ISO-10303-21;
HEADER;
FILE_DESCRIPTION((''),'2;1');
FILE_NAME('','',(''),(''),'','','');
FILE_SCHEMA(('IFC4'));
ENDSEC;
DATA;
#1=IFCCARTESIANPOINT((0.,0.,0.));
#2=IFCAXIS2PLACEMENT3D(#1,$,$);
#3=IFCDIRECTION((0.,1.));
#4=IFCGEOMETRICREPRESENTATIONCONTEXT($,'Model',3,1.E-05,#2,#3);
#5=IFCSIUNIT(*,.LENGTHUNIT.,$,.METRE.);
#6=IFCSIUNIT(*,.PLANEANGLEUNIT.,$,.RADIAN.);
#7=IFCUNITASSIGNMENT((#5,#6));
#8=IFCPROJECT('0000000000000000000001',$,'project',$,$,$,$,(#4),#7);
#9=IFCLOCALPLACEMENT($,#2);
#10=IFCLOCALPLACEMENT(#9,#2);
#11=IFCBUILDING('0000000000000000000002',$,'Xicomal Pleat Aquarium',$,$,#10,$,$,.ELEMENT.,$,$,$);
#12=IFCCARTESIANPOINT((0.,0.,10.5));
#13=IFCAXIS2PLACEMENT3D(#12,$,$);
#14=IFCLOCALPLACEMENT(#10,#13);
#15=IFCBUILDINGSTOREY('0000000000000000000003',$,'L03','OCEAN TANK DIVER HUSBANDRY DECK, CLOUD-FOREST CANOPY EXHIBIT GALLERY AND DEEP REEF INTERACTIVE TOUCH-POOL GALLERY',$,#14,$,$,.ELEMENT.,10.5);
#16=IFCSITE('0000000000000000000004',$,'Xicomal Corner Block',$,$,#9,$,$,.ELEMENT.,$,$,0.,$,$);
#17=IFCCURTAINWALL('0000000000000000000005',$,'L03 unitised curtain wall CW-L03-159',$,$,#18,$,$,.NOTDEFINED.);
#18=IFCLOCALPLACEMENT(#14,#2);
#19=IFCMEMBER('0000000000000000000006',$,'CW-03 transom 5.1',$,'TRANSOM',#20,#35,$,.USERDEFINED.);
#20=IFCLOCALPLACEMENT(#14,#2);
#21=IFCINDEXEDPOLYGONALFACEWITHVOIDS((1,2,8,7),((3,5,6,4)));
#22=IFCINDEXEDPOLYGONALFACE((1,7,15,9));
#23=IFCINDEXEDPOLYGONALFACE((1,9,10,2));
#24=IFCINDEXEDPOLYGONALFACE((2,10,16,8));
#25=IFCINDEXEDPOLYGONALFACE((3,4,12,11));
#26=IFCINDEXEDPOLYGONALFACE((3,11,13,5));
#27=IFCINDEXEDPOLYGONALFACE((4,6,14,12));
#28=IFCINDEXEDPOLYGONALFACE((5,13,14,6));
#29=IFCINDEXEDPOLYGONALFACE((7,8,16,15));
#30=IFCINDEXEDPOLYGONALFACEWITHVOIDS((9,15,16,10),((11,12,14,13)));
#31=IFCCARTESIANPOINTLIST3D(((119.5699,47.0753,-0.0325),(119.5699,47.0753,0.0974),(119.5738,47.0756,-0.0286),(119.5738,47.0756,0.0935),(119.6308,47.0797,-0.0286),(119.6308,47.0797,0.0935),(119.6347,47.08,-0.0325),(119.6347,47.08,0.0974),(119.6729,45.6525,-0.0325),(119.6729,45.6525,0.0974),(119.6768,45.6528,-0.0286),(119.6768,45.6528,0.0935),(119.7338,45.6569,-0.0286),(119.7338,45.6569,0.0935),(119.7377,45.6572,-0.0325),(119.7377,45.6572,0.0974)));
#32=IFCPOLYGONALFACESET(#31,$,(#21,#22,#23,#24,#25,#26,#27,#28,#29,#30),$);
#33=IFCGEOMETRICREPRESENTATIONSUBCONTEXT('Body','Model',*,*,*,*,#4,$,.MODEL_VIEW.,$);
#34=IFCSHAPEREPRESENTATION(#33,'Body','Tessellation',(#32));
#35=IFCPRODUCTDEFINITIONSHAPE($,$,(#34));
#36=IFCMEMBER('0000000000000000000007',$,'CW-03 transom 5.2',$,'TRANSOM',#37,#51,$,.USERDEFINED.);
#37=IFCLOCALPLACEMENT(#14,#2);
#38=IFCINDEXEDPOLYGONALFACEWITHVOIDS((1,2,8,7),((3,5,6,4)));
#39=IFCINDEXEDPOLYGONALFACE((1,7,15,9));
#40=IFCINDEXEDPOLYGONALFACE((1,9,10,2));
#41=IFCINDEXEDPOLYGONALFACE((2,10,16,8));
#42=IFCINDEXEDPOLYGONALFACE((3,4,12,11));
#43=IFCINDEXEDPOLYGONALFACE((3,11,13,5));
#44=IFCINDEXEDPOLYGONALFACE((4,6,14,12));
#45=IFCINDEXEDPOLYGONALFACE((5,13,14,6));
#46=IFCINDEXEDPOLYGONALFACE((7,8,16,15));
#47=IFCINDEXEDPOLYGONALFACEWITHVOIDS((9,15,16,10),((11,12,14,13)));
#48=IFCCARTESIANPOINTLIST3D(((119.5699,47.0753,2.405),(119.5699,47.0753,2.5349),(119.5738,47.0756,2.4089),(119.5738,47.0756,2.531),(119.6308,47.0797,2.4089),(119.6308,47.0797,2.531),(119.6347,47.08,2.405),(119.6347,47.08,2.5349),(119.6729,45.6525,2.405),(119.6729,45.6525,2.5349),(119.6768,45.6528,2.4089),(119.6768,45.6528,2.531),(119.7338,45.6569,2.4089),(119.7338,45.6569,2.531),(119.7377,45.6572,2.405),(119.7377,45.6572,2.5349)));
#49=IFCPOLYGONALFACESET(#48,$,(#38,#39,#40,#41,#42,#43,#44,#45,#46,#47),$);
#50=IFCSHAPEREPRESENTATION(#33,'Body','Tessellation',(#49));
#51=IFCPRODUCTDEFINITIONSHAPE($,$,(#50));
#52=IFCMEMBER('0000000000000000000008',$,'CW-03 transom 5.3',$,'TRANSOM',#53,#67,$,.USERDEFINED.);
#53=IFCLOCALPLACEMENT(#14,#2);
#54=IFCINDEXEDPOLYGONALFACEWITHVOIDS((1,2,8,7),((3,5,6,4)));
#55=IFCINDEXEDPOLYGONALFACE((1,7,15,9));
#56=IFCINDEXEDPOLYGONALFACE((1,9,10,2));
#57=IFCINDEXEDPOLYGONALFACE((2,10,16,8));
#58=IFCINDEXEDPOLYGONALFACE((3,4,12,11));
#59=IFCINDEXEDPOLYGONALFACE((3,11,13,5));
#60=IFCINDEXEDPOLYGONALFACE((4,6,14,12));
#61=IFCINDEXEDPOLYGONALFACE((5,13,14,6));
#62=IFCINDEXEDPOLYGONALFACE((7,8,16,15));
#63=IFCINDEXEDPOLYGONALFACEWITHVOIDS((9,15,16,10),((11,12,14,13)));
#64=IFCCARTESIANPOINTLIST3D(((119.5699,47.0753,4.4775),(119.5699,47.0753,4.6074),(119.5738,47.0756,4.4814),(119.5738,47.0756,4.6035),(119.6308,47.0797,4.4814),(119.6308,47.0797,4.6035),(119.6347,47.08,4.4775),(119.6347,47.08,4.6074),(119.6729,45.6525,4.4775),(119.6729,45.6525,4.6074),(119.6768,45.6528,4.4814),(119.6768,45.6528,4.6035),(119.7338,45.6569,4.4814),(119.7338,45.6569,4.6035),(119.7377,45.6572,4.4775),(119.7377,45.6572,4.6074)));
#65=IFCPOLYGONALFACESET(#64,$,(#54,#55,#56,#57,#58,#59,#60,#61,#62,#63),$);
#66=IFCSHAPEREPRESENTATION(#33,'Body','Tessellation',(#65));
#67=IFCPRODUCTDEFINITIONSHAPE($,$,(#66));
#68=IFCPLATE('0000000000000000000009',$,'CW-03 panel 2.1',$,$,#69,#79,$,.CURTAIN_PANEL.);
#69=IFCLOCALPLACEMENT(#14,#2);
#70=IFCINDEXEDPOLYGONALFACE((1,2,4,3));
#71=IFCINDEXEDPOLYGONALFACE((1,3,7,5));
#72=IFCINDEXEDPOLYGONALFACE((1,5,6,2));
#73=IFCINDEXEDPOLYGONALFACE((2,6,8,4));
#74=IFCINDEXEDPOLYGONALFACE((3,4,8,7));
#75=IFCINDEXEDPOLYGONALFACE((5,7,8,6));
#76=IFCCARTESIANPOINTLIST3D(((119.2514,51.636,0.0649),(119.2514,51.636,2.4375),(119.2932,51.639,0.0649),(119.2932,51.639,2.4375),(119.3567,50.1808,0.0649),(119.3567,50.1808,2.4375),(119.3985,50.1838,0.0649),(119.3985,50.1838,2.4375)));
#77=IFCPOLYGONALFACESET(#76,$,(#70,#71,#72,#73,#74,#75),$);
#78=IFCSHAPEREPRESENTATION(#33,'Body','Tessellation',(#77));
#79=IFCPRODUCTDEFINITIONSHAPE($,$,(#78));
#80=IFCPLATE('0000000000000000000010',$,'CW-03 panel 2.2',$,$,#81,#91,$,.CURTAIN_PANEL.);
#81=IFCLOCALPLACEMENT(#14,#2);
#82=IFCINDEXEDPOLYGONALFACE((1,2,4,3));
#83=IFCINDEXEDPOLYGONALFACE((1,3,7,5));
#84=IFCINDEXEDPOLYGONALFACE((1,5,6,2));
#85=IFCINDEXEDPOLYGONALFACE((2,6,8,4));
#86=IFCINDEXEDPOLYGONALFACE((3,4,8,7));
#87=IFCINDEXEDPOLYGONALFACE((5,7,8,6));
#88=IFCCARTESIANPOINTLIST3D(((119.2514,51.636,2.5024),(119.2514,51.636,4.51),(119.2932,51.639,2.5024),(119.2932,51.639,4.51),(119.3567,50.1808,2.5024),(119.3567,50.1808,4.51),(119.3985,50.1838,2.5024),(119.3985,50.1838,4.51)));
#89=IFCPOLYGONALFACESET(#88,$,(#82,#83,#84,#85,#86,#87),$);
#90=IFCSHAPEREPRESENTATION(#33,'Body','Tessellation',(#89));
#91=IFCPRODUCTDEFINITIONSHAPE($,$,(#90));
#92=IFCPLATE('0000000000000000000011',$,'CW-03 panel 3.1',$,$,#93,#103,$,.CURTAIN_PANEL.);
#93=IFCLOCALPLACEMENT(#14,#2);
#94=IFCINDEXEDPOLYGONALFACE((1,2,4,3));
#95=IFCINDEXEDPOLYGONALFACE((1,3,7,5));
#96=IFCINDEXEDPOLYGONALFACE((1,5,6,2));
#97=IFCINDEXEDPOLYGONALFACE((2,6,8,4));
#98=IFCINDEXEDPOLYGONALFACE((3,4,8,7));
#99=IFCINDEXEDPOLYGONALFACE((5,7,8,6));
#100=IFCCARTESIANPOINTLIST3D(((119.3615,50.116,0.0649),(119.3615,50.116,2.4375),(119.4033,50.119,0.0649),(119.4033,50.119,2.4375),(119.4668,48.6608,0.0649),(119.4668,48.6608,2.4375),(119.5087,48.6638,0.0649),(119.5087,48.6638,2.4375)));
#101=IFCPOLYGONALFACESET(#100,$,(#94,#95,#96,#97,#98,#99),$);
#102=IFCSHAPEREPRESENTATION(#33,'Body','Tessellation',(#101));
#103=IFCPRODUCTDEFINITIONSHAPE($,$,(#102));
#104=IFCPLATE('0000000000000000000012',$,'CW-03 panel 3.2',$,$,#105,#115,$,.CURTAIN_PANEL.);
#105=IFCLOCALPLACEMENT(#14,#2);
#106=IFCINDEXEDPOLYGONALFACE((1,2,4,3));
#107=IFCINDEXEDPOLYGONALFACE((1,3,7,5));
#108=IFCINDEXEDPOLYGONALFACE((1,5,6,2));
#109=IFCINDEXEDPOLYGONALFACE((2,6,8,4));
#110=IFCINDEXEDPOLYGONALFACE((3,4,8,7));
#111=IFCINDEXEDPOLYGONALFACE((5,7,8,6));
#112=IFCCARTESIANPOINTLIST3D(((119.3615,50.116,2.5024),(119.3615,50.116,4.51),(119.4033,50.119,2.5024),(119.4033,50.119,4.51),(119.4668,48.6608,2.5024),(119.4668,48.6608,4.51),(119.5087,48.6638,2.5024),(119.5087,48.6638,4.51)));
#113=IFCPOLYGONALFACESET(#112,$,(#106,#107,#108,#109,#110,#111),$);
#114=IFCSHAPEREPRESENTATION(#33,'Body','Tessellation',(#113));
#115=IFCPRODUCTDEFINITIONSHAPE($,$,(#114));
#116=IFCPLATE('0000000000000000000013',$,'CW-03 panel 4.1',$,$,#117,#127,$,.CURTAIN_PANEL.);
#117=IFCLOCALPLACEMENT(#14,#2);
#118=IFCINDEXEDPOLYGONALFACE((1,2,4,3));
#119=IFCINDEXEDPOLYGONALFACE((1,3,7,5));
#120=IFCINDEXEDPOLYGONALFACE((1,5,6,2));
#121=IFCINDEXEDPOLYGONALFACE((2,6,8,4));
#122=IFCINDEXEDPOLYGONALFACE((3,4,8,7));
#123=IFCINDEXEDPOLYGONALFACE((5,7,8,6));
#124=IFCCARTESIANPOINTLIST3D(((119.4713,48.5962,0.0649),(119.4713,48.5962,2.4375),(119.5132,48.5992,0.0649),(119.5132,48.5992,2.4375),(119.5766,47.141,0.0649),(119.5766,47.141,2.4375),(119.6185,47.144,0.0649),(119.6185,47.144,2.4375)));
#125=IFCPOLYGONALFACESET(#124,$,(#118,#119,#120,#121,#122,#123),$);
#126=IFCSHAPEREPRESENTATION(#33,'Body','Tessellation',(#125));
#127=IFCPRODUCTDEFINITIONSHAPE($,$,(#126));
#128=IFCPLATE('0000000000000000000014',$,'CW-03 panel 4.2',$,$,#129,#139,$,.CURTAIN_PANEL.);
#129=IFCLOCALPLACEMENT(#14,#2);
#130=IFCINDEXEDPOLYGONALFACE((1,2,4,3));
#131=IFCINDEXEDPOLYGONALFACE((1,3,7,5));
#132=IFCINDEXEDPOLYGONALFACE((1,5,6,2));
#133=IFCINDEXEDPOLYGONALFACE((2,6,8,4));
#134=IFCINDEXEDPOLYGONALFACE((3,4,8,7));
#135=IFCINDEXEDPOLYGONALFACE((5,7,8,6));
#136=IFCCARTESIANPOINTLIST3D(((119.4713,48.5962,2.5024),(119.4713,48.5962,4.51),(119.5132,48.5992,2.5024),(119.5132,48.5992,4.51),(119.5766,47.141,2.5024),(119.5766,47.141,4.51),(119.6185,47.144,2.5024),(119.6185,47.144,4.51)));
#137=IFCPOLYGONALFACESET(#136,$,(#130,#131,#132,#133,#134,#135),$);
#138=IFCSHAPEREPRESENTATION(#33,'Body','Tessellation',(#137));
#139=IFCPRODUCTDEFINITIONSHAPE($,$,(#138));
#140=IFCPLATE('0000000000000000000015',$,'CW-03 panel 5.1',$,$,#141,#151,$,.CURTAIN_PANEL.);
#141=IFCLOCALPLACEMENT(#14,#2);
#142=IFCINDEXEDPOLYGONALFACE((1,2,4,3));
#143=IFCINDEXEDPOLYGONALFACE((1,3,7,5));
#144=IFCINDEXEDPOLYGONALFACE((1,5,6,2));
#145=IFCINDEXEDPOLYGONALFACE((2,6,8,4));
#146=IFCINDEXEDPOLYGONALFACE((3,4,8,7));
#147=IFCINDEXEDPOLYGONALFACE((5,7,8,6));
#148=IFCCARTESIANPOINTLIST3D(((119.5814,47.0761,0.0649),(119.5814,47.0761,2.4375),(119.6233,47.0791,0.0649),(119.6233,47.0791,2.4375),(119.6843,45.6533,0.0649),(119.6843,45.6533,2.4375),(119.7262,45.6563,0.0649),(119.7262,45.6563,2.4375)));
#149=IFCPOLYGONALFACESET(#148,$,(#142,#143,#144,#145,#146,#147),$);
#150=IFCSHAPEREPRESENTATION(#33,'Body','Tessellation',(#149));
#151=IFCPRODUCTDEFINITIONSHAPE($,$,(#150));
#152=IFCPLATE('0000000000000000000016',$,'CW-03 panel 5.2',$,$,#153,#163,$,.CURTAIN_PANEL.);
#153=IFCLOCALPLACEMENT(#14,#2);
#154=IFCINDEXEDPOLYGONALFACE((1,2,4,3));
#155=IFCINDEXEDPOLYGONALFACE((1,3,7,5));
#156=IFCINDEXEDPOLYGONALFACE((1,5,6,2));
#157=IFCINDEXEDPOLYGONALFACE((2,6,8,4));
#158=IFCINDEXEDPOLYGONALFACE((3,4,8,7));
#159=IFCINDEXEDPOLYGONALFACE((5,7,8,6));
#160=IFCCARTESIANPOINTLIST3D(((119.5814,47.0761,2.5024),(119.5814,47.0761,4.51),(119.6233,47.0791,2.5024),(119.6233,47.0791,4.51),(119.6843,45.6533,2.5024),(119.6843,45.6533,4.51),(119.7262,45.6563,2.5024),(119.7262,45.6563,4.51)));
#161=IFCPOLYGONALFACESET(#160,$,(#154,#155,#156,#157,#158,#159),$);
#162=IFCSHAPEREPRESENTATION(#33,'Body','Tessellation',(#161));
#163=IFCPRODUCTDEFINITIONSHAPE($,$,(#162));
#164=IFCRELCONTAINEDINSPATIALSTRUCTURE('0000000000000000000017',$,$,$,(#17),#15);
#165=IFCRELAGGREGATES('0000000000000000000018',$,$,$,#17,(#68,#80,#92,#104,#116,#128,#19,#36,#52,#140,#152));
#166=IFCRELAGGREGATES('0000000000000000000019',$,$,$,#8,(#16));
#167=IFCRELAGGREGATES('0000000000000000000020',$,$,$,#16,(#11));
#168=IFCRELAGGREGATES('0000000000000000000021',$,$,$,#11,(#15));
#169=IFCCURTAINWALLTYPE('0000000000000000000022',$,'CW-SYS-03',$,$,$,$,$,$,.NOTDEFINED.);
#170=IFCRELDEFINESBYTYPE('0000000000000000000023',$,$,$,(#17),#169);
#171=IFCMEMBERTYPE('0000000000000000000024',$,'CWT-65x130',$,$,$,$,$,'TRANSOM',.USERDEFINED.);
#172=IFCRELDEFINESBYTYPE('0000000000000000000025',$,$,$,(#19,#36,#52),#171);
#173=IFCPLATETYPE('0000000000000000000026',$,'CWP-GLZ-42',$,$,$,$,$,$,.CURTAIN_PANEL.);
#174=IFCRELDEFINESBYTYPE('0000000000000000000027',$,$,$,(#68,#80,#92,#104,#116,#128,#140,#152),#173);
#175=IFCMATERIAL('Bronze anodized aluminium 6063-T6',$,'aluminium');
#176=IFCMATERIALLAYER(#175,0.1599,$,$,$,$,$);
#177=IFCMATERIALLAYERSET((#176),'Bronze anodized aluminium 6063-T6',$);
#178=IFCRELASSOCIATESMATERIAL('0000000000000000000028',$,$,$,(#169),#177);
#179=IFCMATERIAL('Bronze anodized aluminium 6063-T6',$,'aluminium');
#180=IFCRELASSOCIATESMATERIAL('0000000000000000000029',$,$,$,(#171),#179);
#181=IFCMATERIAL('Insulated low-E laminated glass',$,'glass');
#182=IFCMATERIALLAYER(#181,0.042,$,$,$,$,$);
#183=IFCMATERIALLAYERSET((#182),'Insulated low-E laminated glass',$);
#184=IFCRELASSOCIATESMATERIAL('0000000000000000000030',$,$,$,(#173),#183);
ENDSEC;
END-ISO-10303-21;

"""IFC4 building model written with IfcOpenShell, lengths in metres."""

from ifc_helpers import new_model, si_unit, direction, frame, origin, origin_2d, place, context, subcontext, project, spatial, rectangle, hollow_rectangle, extrude, material, layer, layer_set, material_profile, profile_set, type_object, element, aggregate, save


model = new_model("IFC4")

# Units and contexts
model_context = context("Model", 3, precision=1e-05, world=origin(), true_north=direction((0.0, 1.0)))
body_context = subcontext(model_context, "Body", "Model", "MODEL_VIEW")
ifc_project = project(units=[si_unit("LENGTHUNIT", "METRE"), si_unit("PLANEANGLEUNIT", "RADIAN")], contexts=[model_context])

# Site, building, storey
site_placement = place(None, origin())
site = spatial("IfcSite", under=ifc_project, at=site_placement, Name="Xicomal Corner Block", CompositionType="ELEMENT", RefElevation=0.0)
building_placement = place(site_placement, origin())
building = spatial("IfcBuilding", under=site, at=building_placement, Name="Xicomal Pleat Aquarium", CompositionType="ELEMENT")
storey_placement = place(building_placement, frame((0.0, 0.0, 10.5)))
storey = spatial("IfcBuildingStorey", under=building, at=storey_placement, Name="L03", Description="OCEAN TANK DIVER HUSBANDRY DECK, CLOUD-FOREST CANOPY EXHIBIT GALLERY AND DEEP REEF INTERACTIVE TOUCH-POOL GALLERY", CompositionType="ELEMENT", Elevation=10.5)

# Curtain wall, members, plates
ifc_material_1 = material(Name="Bronze anodized aluminium 6063-T6", Category="aluminium")
ifc_layer_1 = layer(ifc_material_1, 0.1599)
ifc_layer_set_1 = layer_set([ifc_layer_1], Name="Bronze anodized aluminium 6063-T6")
curtain_wall_type = type_object("IfcCurtainWallType", Name="CW-SYS-03", PredefinedType="NOTDEFINED", material=ifc_layer_set_1)
curtain_wall_placement = place(storey_placement, origin())
curtain_wall = element("IfcCurtainWall", 1, at=curtain_wall_placement, inside=storey, type_object=curtain_wall_type, Name="L03 unitised curtain wall CW-L03-159", PredefinedType="NOTDEFINED")
ifc_material_2 = material(Name="Bronze anodized aluminium 6063-T6", Category="aluminium")
ifc_material_profile_1 = material_profile(ifc_material_2, hollow_rectangle(XDim=0.0649, YDim=0.1299, WallThickness=0.0039, at=origin_2d()), Name="ALU TRAN 65x130")
ifc_profile_set_1 = profile_set([ifc_material_profile_1], Name="Bronze anodized aluminium 6063-T6")
member_type_1 = type_object("IfcMemberType", Name="CWT-65x130", ElementType="TRANSOM", PredefinedType="USERDEFINED", material=ifc_profile_set_1)
member_1_placement = place(storey_placement, frame((119.6023, 47.0776, 0.0325), z_axis=(0.07222, -0.997389, 0.0), x_axis=(0.997389, 0.07222, 0.0)))
member_1 = element("IfcMember", 2, at=member_1_placement, type_object=member_type_1, Name="CW-03 transom 5.1", ObjectType="TRANSOM", PredefinedType="USERDEFINED", context=body_context, shape_type="SweptSolid", body=[
    extrude(hollow_rectangle(XDim=0.0649, YDim=0.1299, WallThickness=0.0039, at=origin_2d()), origin(), (0.0, 0.0, 1.0), 1.4265),
])
member_2_placement = place(storey_placement, frame((119.6023, 47.0776, 2.47), z_axis=(0.07222, -0.997389, 0.0), x_axis=(0.997389, 0.07222, 0.0)))
member_2 = element("IfcMember", 3, at=member_2_placement, type_object=member_type_1, Name="CW-03 transom 5.2", ObjectType="TRANSOM", PredefinedType="USERDEFINED", context=body_context, shape_type="SweptSolid", body=[
    extrude(hollow_rectangle(XDim=0.0649, YDim=0.1299, WallThickness=0.0039, at=origin_2d()), origin(), (0.0, 0.0, 1.0), 1.4265),
])
member_3_placement = place(storey_placement, frame((119.6023, 47.0776, 4.5425), z_axis=(0.07222, -0.997389, 0.0), x_axis=(0.997389, 0.07222, 0.0)))
member_3 = element("IfcMember", 4, at=member_3_placement, type_object=member_type_1, Name="CW-03 transom 5.3", ObjectType="TRANSOM", PredefinedType="USERDEFINED", context=body_context, shape_type="SweptSolid", body=[
    extrude(hollow_rectangle(XDim=0.0649, YDim=0.1299, WallThickness=0.0039, at=origin_2d()), origin(), (0.0, 0.0, 1.0), 1.4265),
])
ifc_material_3 = material(Name="Insulated low-E laminated glass", Category="glass")
ifc_layer_2 = layer(ifc_material_3, 0.042)
ifc_layer_set_2 = layer_set([ifc_layer_2], Name="Insulated low-E laminated glass")
plate_type = type_object("IfcPlateType", Name="CWP-GLZ-42", PredefinedType="CURTAIN_PANEL", material=ifc_layer_set_2)
plate_1_placement = place(storey_placement, frame((119.325, 50.9099, 0.0649), z_axis=(0.0, 0.0, 1.0), x_axis=(0.07218, -0.997392, 0.0)))
plate_1 = element("IfcPlate", 5, at=plate_1_placement, type_object=plate_type, Name="CW-03 panel 2.1", PredefinedType="CURTAIN_PANEL", context=body_context, shape_type="SweptSolid", body=[
    extrude(rectangle(XDim=1.459, YDim=0.042, at=origin_2d()), origin(), (0.0, 0.0, 1.0), 2.3726),
])
plate_2_placement = place(storey_placement, frame((119.325, 50.9099, 2.5024), z_axis=(0.0, 0.0, 1.0), x_axis=(0.07218, -0.997392, 0.0)))
plate_2 = element("IfcPlate", 6, at=plate_2_placement, type_object=plate_type, Name="CW-03 panel 2.2", PredefinedType="CURTAIN_PANEL", context=body_context, shape_type="SweptSolid", body=[
    extrude(rectangle(XDim=1.459, YDim=0.042, at=origin_2d()), origin(), (0.0, 0.0, 1.0), 2.0076),
])
plate_3_placement = place(storey_placement, frame((119.4351, 49.3899, 0.0649), z_axis=(0.0, 0.0, 1.0), x_axis=(0.07218, -0.997392, 0.0)))
plate_3 = element("IfcPlate", 7, at=plate_3_placement, type_object=plate_type, Name="CW-03 panel 3.1", PredefinedType="CURTAIN_PANEL", context=body_context, shape_type="SweptSolid", body=[
    extrude(rectangle(XDim=1.459, YDim=0.042, at=origin_2d()), origin(), (0.0, 0.0, 1.0), 2.3726),
])
plate_4_placement = place(storey_placement, frame((119.4351, 49.3899, 2.5024), z_axis=(0.0, 0.0, 1.0), x_axis=(0.07218, -0.997392, 0.0)))
plate_4 = element("IfcPlate", 8, at=plate_4_placement, type_object=plate_type, Name="CW-03 panel 3.2", PredefinedType="CURTAIN_PANEL", context=body_context, shape_type="SweptSolid", body=[
    extrude(rectangle(XDim=1.459, YDim=0.042, at=origin_2d()), origin(), (0.0, 0.0, 1.0), 2.0076),
])
plate_5_placement = place(storey_placement, frame((119.5449, 47.8701, 0.0649), z_axis=(0.0, 0.0, 1.0), x_axis=(0.07218, -0.997392, 0.0)))
plate_5 = element("IfcPlate", 9, at=plate_5_placement, type_object=plate_type, Name="CW-03 panel 4.1", PredefinedType="CURTAIN_PANEL", context=body_context, shape_type="SweptSolid", body=[
    extrude(rectangle(XDim=1.459, YDim=0.042, at=origin_2d()), origin(), (0.0, 0.0, 1.0), 2.3726),
])
plate_6_placement = place(storey_placement, frame((119.5449, 47.8701, 2.5024), z_axis=(0.0, 0.0, 1.0), x_axis=(0.07218, -0.997392, 0.0)))
plate_6 = element("IfcPlate", 10, at=plate_6_placement, type_object=plate_type, Name="CW-03 panel 4.2", PredefinedType="CURTAIN_PANEL", context=body_context, shape_type="SweptSolid", body=[
    extrude(rectangle(XDim=1.459, YDim=0.042, at=origin_2d()), origin(), (0.0, 0.0, 1.0), 2.0076),
])
plate_7_placement = place(storey_placement, frame((119.6538, 46.3662, 0.0649), z_axis=(0.0, 0.0, 1.0), x_axis=(0.07218, -0.997392, 0.0)))
plate_7 = element("IfcPlate", 11, at=plate_7_placement, type_object=plate_type, Name="CW-03 panel 5.1", PredefinedType="CURTAIN_PANEL", context=body_context, shape_type="SweptSolid", body=[
    extrude(rectangle(XDim=1.4265, YDim=0.042, at=origin_2d()), origin(), (0.0, 0.0, 1.0), 2.3726),
])
plate_8_placement = place(storey_placement, frame((119.6538, 46.3662, 2.5024), z_axis=(0.0, 0.0, 1.0), x_axis=(0.07218, -0.997392, 0.0)))
plate_8 = element("IfcPlate", 12, at=plate_8_placement, type_object=plate_type, Name="CW-03 panel 5.2", PredefinedType="CURTAIN_PANEL", context=body_context, shape_type="SweptSolid", body=[
    extrude(rectangle(XDim=1.4265, YDim=0.042, at=origin_2d()), origin(), (0.0, 0.0, 1.0), 2.0076),
])
aggregate(curtain_wall, [plate_1, plate_2, plate_3, plate_4, plate_5, plate_6, member_1, member_2, member_3, plate_7, plate_8])

save(model, "model.ifc")
